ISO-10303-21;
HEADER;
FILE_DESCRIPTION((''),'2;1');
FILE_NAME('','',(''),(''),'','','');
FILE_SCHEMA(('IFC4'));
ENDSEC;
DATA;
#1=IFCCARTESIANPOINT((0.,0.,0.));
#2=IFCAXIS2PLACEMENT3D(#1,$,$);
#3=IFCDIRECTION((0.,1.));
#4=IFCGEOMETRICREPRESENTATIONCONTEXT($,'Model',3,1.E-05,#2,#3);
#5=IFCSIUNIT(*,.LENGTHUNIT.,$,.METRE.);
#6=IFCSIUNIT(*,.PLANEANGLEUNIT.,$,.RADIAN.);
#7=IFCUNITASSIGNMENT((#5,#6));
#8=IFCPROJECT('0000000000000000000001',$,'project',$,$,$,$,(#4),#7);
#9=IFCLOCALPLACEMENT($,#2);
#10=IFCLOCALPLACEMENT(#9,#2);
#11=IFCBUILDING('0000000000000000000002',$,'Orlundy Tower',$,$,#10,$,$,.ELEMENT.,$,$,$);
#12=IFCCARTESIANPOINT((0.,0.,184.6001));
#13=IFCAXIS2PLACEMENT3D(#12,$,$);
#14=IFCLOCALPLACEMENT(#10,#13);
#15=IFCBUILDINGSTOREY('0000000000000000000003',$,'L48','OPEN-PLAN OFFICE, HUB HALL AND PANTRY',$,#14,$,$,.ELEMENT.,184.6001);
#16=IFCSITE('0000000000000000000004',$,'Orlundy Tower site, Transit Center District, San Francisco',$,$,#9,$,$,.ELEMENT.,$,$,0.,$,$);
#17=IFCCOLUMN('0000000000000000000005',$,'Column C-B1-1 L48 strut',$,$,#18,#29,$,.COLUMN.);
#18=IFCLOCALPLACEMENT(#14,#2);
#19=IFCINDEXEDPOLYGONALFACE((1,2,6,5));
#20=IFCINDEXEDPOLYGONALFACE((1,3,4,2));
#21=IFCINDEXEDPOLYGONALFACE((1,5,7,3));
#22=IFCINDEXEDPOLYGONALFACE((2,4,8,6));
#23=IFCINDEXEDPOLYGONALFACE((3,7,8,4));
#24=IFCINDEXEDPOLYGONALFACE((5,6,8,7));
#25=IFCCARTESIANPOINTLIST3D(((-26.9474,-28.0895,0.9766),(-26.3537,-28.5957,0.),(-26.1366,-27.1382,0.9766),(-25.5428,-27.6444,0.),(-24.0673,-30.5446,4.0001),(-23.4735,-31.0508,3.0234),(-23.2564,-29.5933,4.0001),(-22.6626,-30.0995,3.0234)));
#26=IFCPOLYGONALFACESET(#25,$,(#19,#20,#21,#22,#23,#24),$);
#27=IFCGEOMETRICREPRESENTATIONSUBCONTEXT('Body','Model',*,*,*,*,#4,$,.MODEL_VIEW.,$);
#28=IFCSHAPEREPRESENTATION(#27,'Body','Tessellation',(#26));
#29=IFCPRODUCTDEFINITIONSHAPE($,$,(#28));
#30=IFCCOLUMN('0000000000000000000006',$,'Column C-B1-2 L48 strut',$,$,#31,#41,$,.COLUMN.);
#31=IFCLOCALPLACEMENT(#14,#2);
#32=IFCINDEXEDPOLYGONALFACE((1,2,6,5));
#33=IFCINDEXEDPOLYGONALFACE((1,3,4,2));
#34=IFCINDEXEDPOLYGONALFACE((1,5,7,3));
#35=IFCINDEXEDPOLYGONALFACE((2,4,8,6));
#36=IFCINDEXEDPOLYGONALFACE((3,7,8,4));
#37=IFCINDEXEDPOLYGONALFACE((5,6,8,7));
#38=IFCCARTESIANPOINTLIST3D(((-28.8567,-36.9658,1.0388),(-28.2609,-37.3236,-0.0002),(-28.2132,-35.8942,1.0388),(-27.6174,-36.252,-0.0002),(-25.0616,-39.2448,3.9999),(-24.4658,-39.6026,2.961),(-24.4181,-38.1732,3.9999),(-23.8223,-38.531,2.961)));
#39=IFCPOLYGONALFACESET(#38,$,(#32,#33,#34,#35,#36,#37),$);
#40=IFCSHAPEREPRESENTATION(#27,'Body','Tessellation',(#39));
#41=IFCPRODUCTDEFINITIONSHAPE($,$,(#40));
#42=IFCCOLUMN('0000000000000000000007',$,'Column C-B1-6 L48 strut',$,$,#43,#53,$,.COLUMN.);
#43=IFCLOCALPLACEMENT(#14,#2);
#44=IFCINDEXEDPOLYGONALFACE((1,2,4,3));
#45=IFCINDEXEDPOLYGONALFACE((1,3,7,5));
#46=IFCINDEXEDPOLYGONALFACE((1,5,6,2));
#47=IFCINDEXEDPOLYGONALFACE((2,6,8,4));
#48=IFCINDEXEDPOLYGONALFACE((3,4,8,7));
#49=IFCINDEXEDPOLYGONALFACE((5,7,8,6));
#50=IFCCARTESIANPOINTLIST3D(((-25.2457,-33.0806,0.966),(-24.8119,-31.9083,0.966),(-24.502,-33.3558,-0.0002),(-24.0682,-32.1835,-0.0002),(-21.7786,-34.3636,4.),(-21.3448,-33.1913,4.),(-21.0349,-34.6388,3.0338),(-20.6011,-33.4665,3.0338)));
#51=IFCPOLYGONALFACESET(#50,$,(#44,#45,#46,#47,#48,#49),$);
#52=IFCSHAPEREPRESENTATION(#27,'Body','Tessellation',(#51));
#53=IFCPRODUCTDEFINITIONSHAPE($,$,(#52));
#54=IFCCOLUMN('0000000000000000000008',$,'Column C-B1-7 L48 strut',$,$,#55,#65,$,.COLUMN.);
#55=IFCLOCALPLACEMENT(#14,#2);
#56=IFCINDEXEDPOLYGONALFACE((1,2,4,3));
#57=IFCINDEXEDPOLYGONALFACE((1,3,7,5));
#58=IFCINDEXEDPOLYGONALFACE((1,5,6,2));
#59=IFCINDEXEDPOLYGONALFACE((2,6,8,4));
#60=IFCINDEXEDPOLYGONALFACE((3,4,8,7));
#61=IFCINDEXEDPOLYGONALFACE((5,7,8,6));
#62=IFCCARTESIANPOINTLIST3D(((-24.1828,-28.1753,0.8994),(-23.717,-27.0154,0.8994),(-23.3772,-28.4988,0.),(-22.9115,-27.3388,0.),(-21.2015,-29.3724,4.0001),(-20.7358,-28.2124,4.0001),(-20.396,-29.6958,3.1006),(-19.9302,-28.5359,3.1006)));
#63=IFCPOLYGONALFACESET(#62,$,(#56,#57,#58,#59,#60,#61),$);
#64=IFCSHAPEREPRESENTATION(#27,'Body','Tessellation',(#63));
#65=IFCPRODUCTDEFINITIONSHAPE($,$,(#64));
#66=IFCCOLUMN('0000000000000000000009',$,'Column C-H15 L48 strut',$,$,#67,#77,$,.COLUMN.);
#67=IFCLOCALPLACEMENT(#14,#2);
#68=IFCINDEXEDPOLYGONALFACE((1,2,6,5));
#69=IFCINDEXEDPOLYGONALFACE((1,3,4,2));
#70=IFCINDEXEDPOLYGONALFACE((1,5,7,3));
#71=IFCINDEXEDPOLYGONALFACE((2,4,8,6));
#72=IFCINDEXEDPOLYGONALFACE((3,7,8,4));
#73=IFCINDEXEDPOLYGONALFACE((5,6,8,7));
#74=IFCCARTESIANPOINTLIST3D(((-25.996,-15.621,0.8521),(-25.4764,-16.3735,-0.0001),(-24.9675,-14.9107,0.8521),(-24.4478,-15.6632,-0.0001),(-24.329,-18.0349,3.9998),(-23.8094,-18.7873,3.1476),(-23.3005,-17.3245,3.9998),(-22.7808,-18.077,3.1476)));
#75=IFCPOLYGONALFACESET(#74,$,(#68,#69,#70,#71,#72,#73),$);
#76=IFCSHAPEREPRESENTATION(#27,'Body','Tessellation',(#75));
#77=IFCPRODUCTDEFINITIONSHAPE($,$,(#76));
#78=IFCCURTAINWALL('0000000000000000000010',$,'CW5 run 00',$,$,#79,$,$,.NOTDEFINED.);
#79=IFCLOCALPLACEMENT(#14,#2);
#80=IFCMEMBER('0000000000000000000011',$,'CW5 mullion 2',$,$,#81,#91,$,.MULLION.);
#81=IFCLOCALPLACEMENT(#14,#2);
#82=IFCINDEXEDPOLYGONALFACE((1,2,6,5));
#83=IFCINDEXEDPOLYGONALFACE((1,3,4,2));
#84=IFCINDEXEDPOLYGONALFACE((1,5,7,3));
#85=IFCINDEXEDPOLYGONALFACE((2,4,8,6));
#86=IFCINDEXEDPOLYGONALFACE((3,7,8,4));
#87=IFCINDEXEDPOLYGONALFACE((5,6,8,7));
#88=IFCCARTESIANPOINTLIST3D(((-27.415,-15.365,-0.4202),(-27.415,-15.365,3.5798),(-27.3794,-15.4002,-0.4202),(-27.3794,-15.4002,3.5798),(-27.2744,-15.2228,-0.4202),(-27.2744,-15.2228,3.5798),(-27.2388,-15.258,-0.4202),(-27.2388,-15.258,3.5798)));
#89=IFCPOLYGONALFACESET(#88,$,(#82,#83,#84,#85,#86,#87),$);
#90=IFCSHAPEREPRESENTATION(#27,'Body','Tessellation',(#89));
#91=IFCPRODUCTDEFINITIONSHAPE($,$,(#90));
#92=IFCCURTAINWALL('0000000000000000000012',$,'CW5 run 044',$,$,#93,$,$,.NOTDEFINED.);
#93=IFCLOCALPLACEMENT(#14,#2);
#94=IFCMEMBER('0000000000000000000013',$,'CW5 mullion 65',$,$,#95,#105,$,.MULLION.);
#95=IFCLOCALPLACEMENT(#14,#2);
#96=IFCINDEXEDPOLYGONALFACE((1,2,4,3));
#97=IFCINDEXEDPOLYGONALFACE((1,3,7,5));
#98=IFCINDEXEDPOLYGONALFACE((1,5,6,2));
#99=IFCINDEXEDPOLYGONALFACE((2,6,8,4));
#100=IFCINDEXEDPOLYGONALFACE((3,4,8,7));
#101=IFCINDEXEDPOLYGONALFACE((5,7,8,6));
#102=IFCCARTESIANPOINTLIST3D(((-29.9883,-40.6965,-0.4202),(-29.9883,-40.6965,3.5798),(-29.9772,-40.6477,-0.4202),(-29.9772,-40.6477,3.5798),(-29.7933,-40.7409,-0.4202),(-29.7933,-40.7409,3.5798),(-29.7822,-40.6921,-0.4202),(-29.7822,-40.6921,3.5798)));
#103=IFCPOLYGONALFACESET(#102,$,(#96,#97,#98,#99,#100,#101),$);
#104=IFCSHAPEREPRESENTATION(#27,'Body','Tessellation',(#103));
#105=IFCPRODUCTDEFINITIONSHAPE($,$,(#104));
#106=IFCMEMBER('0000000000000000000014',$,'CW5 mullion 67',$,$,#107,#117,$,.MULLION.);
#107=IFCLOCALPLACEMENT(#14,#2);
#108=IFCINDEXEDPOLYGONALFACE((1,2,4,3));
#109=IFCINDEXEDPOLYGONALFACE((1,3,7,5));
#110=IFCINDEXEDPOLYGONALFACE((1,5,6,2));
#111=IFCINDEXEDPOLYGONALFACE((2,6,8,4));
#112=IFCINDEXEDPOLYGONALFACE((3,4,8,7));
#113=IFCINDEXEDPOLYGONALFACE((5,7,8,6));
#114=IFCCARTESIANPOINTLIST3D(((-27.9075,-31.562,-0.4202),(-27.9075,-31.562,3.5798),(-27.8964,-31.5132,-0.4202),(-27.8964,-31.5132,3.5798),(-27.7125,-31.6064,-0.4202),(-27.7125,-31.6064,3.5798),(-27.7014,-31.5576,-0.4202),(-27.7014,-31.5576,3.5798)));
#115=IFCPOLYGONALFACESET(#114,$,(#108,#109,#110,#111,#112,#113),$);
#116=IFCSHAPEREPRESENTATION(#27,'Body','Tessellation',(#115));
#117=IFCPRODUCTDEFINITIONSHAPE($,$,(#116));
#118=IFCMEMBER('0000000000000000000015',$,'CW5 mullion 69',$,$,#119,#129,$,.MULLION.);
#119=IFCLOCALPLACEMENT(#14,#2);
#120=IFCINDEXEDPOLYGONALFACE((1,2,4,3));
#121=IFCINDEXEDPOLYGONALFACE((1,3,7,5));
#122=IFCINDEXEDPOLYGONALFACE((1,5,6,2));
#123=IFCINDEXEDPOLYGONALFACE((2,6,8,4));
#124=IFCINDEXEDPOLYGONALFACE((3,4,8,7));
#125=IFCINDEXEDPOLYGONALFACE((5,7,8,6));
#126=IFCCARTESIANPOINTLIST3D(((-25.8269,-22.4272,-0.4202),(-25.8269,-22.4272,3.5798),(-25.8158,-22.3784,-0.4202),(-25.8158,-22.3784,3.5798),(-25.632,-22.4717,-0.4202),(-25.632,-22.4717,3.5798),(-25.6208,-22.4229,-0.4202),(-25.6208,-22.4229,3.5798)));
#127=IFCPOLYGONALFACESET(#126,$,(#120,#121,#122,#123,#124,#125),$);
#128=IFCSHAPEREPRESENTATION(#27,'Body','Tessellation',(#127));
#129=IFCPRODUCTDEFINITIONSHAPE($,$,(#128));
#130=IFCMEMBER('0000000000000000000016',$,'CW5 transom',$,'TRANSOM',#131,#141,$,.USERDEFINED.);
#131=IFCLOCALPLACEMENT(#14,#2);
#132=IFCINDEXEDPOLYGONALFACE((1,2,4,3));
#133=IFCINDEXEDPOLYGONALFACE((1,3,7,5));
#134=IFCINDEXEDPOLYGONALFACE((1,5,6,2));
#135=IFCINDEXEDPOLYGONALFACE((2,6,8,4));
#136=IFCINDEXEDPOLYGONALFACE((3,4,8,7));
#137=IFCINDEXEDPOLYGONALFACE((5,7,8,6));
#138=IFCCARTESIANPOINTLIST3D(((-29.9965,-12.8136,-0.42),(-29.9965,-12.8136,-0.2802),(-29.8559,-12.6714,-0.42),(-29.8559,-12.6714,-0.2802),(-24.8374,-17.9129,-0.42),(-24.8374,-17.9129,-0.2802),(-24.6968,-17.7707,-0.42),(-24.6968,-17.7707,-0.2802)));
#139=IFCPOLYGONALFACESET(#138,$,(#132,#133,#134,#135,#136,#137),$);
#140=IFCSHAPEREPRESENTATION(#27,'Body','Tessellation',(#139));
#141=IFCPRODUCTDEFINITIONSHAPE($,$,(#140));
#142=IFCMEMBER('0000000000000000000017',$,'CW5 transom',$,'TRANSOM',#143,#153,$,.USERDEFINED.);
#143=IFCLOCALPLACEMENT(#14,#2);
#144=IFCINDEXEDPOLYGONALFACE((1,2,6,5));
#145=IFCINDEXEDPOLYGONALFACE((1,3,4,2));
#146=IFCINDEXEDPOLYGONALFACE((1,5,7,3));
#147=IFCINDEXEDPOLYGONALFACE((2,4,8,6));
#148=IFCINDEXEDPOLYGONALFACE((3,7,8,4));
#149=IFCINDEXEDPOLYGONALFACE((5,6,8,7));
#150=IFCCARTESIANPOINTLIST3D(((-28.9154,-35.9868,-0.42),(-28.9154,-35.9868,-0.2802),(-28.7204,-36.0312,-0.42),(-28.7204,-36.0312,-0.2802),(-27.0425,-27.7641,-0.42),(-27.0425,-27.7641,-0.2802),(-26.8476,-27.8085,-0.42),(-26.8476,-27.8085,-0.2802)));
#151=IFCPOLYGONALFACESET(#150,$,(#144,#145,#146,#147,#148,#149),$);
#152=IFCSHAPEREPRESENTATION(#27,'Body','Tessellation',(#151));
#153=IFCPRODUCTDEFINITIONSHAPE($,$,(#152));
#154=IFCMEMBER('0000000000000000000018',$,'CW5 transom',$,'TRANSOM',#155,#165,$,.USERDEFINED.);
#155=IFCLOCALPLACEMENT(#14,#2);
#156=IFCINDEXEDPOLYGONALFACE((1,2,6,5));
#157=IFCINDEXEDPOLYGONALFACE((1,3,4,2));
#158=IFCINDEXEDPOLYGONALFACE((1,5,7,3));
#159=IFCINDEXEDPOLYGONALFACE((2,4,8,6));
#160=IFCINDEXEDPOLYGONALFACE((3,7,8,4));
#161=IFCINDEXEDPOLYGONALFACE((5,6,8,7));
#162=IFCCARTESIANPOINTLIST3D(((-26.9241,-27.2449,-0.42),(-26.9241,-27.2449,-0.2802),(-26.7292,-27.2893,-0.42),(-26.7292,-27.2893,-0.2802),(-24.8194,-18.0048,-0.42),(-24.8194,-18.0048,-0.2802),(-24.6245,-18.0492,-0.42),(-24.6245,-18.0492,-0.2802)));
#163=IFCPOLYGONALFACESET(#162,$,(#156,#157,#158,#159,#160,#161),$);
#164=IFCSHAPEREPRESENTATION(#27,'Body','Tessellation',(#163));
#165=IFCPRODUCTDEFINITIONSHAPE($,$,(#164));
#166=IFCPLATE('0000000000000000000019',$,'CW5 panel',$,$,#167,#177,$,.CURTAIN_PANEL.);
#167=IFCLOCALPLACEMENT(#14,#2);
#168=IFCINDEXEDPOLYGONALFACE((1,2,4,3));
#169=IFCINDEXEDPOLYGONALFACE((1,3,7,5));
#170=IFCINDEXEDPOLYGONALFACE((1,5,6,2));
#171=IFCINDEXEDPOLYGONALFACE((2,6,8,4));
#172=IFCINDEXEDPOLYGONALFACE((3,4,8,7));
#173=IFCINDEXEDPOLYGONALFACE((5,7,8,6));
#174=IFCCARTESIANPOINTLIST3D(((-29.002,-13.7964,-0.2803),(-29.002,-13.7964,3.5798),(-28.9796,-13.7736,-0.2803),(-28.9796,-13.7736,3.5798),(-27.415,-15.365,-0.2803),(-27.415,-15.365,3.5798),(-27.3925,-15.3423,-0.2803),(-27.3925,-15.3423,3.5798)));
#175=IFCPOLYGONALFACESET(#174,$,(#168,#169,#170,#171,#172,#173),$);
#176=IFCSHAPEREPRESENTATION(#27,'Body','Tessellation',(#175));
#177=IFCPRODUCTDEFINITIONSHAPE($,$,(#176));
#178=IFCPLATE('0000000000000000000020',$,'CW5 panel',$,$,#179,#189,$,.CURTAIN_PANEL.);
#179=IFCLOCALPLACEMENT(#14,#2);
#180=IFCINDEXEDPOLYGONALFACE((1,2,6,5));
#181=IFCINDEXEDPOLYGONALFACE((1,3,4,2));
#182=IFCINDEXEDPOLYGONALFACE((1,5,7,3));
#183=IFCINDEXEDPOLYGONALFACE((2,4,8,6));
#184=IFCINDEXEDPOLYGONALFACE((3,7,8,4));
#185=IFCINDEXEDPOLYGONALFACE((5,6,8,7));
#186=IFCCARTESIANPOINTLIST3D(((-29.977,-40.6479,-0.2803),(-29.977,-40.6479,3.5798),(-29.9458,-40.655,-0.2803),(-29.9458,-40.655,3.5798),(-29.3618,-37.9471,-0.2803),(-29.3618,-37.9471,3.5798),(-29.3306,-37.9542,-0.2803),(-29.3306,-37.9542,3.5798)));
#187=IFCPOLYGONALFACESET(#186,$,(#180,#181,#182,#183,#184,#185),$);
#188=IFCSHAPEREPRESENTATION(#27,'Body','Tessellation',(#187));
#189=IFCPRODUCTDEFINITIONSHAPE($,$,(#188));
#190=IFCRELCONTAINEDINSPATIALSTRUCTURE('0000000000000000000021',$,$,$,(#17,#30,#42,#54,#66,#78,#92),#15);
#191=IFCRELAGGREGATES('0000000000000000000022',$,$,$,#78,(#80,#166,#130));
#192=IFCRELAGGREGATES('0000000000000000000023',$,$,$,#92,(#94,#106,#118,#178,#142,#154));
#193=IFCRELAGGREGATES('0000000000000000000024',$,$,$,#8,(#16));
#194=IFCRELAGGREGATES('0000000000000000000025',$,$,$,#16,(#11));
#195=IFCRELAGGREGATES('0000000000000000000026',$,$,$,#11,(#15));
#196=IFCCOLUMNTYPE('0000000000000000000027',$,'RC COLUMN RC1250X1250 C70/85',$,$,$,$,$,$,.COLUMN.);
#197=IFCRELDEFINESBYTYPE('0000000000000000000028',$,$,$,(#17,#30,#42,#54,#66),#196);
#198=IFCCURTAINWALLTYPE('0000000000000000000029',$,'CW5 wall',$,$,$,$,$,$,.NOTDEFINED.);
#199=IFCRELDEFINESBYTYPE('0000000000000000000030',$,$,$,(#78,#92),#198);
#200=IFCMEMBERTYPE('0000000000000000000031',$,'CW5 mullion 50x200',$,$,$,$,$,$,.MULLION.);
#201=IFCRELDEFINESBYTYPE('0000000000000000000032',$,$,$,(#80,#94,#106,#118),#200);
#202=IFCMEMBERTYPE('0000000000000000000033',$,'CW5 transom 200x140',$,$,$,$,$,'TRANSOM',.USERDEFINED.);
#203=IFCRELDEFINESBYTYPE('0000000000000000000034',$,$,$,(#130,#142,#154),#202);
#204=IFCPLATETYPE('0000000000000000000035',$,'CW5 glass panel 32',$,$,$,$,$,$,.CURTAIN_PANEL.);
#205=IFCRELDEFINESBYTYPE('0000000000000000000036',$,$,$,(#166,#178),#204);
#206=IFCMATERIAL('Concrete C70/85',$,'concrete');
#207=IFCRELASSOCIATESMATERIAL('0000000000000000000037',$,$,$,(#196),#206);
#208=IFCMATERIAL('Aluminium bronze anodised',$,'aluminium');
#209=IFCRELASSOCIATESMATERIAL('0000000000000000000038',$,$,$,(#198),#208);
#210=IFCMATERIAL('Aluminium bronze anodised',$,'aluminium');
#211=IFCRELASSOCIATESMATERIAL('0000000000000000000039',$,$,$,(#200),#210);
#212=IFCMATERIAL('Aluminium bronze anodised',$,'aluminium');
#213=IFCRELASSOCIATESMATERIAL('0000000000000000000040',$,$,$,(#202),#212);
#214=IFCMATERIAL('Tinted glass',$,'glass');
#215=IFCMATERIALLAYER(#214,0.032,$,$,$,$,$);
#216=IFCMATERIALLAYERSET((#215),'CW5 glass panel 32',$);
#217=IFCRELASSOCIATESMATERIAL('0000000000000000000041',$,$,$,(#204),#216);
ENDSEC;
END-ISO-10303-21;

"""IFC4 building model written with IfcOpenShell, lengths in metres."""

from ifc_helpers import new_model, si_unit, direction, frame, origin, origin_2d, place, context, subcontext, project, spatial, rectangle, extrude, material, layer, layer_set, material_profile, profile_set, type_object, element, aggregate, save


model = new_model("IFC4")

# Units and contexts
model_context = context("Model", 3, precision=1e-05, world=origin(), true_north=direction((0.0, 1.0)))
body_context = subcontext(model_context, "Body", "Model", "MODEL_VIEW")
ifc_project = project(units=[si_unit("LENGTHUNIT", "METRE"), si_unit("PLANEANGLEUNIT", "RADIAN")], contexts=[model_context])

# Site, building, storey
site_placement = place(None, origin())
site = spatial("IfcSite", under=ifc_project, at=site_placement, Name="Orlundy Tower site, Transit Center District, San Francisco", CompositionType="ELEMENT", RefElevation=0.0)
building_placement = place(site_placement, origin())
building = spatial("IfcBuilding", under=site, at=building_placement, Name="Orlundy Tower", CompositionType="ELEMENT")
storey_placement = place(building_placement, frame((0.0, 0.0, 184.6001)))
storey = spatial("IfcBuildingStorey", under=building, at=storey_placement, Name="L48", Description="OPEN-PLAN OFFICE, HUB HALL AND PANTRY", CompositionType="ELEMENT", Elevation=184.6001)

# Columns
ifc_material_1 = material(Name="Concrete C70/85", Category="concrete")
ifc_material_profile_1 = material_profile(ifc_material_1, rectangle(XDim=1.25, YDim=1.25, at=origin_2d()), Name="RC1250X1250")
ifc_profile_set_1 = profile_set([ifc_material_profile_1], Name="Concrete C70/85")
column_type = type_object("IfcColumnType", Name="RC COLUMN RC1250X1250 C70/85", PredefinedType="COLUMN", material=ifc_profile_set_1)
column_1_placement = place(storey_placement, frame((-26.2451, -27.8669, 0.4883), z_axis=(0.594584, -0.506835, 0.62417), x_axis=(0.648717, 0.76103, 0.0)))
element("IfcColumn", 1, at=column_1_placement, inside=storey, type_object=column_type, Name="Column C-B1-1 L48 strut", PredefinedType="COLUMN", context=body_context, shape_type="SweptSolid", body=[
    extrude(rectangle(XDim=1.25, YDim=1.25, at=origin_2d()), origin(), (0.0, 0.0, 1.0), 4.844),
])
column_2_placement = place(storey_placement, frame((-28.2371, -36.6089, 0.5193), z_axis=(0.712577, -0.427913, 0.555989), x_axis=(0.51482, 0.857298, 0.0)))
element("IfcColumn", 2, at=column_2_placement, inside=storey, type_object=column_type, Name="Column C-B1-2 L48 strut", PredefinedType="COLUMN", context=body_context, shape_type="SweptSolid", body=[
    extrude(rectangle(XDim=1.25, YDim=1.25, at=origin_2d()), origin(), (0.0, 0.0, 1.0), 5.3259),
])
column_3_placement = place(storey_placement, frame((-24.657, -32.6321, 0.4829), z_axis=(0.724962, -0.268268, 0.634399), x_axis=(0.347045, 0.937848, 0.0)))
element("IfcColumn", 3, at=column_3_placement, inside=storey, type_object=column_type, Name="Column C-B1-6 L48 strut", PredefinedType="COLUMN", context=body_context, shape_type="SweptSolid", body=[
    extrude(rectangle(XDim=1.25, YDim=1.25, at=origin_2d()), origin(), (0.0, 0.0, 1.0), 4.7825),
])
column_4_placement = place(storey_placement, frame((-23.5471, -27.7571, 0.4497), z_axis=(0.667719, -0.268105, 0.694458), x_axis=(0.372609, 0.927988, 0.0)))
element("IfcColumn", 4, at=column_4_placement, inside=storey, type_object=column_type, Name="Column C-B1-7 L48 strut", PredefinedType="COLUMN", context=body_context, shape_type="SweptSolid", body=[
    extrude(rectangle(XDim=1.25, YDim=1.25, at=origin_2d()), origin(), (0.0, 0.0, 1.0), 4.4648),
])
column_5_placement = place(storey_placement, frame((-25.2219, -15.6421, 0.426), z_axis=(0.387427, -0.560998, 0.731561), x_axis=(0.822848, 0.568262, 0.0)))
element("IfcColumn", 5, at=column_5_placement, inside=storey, type_object=column_type, Name="Column C-H15 L48 strut", PredefinedType="COLUMN", context=body_context, shape_type="SweptSolid", body=[
    extrude(rectangle(XDim=1.25, YDim=1.25, at=origin_2d()), origin(), (0.0, 0.0, 1.0), 4.3027),
])

# Curtain wall, member
ifc_material_2 = material(Name="Aluminium bronze anodised", Category="aluminium")
curtain_wall_type = type_object("IfcCurtainWallType", Name="CW5 wall", PredefinedType="NOTDEFINED", material=ifc_material_2)
curtain_wall_1_placement = place(storey_placement, origin())
curtain_wall_1 = element("IfcCurtainWall", 6, at=curtain_wall_1_placement, inside=storey, type_object=curtain_wall_type, Name="CW5 run 00", PredefinedType="NOTDEFINED")
ifc_material_3 = material(Name="Aluminium bronze anodised", Category="aluminium")
ifc_material_profile_2 = material_profile(ifc_material_3, rectangle(XDim=0.2, YDim=0.05, at=origin_2d()), Name="CW5 mullion 50x200")
ifc_profile_set_2 = profile_set([ifc_material_profile_2], Name="Aluminium bronze anodised")
member_type_1 = type_object("IfcMemberType", Name="CW5 mullion 50x200", PredefinedType="MULLION", material=ifc_profile_set_2)
member_1_placement = place(storey_placement, frame((-27.3269, -15.3115, -0.4202), z_axis=(0.0, 0.0, 1.0), x_axis=(-0.702967, -0.711223, 0.0)))
member_1 = element("IfcMember", 7, at=member_1_placement, type_object=member_type_1, Name="CW5 mullion 2", PredefinedType="MULLION", context=body_context, shape_type="SweptSolid", body=[
    extrude(rectangle(XDim=0.2, YDim=0.05, at=origin_2d()), origin(), (0.0, 0.0, 1.0), 4.0),
])

# Curtain wall, members
curtain_wall_2_placement = place(storey_placement, origin())
curtain_wall_2 = element("IfcCurtainWall", 8, at=curtain_wall_2_placement, inside=storey, type_object=curtain_wall_type, Name="CW5 run 044", PredefinedType="NOTDEFINED")
member_2_placement = place(storey_placement, frame((-29.8853, -40.6943, -0.4202), z_axis=(0.0, 0.0, 1.0), x_axis=(-0.975026, 0.222089, 0.0)))
member_2 = element("IfcMember", 9, at=member_2_placement, type_object=member_type_1, Name="CW5 mullion 65", PredefinedType="MULLION", context=body_context, shape_type="SweptSolid", body=[
    extrude(rectangle(XDim=0.2, YDim=0.05, at=origin_2d()), origin(), (0.0, 0.0, 1.0), 4.0),
])
member_3_placement = place(storey_placement, frame((-27.8044, -31.5598, -0.4202), z_axis=(0.0, 0.0, 1.0), x_axis=(-0.975026, 0.222089, 0.0)))
member_3 = element("IfcMember", 10, at=member_3_placement, type_object=member_type_1, Name="CW5 mullion 67", PredefinedType="MULLION", context=body_context, shape_type="SweptSolid", body=[
    extrude(rectangle(XDim=0.2, YDim=0.05, at=origin_2d()), origin(), (0.0, 0.0, 1.0), 4.0),
])
member_4_placement = place(storey_placement, frame((-25.7239, -22.425, -0.4202), z_axis=(0.0, 0.0, 1.0), x_axis=(-0.975026, 0.222089, 0.0)))
member_4 = element("IfcMember", 11, at=member_4_placement, type_object=member_type_1, Name="CW5 mullion 69", PredefinedType="MULLION", context=body_context, shape_type="SweptSolid", body=[
    extrude(rectangle(XDim=0.2, YDim=0.05, at=origin_2d()), origin(), (0.0, 0.0, 1.0), 4.0),
])

# Members
ifc_material_4 = material(Name="Aluminium bronze anodised", Category="aluminium")
ifc_material_profile_3 = material_profile(ifc_material_4, rectangle(XDim=0.2, YDim=0.1399, at=origin_2d()), Name="CW5 transom 200x140")
ifc_profile_set_3 = profile_set([ifc_material_profile_3], Name="Aluminium bronze anodised")
member_type_2 = type_object("IfcMemberType", Name="CW5 transom 200x140", ElementType="TRANSOM", PredefinedType="USERDEFINED", material=ifc_profile_set_3)
member_5_placement = place(storey_placement, frame((-24.7671, -17.8418, -0.3501), z_axis=(-0.711218, 0.702972, 0.0), x_axis=(-0.702972, -0.711218, 0.0)))
member_5 = element("IfcMember", 12, at=member_5_placement, type_object=member_type_2, Name="CW5 transom", ObjectType="TRANSOM", PredefinedType="USERDEFINED", context=body_context, shape_type="SweptSolid", body=[
    extrude(rectangle(XDim=0.2, YDim=0.1399, at=origin_2d()), origin(), (0.0, 0.0, 1.0), 7.2539),
])
member_6_placement = place(storey_placement, frame((-28.8179, -36.009, -0.3501), z_axis=(0.222074, 0.97503, 0.0), x_axis=(-0.97503, 0.222074, 0.0)))
member_6 = element("IfcMember", 13, at=member_6_placement, type_object=member_type_2, Name="CW5 transom", ObjectType="TRANSOM", PredefinedType="USERDEFINED", context=body_context, shape_type="SweptSolid", body=[
    extrude(rectangle(XDim=0.2, YDim=0.1399, at=origin_2d()), origin(), (0.0, 0.0, 1.0), 8.4333),
])
member_7_placement = place(storey_placement, frame((-26.8267, -27.2671, -0.3501), z_axis=(0.222091, 0.975026, 0.0), x_axis=(-0.975026, 0.222091, 0.0)))
member_7 = element("IfcMember", 14, at=member_7_placement, type_object=member_type_2, Name="CW5 transom", ObjectType="TRANSOM", PredefinedType="USERDEFINED", context=body_context, shape_type="SweptSolid", body=[
    extrude(rectangle(XDim=0.2, YDim=0.1399, at=origin_2d()), origin(), (0.0, 0.0, 1.0), 9.4768),
])

# Plates
ifc_material_5 = material(Name="Tinted glass", Category="glass")
ifc_layer_1 = layer(ifc_material_5, 0.032)
ifc_layer_set_1 = layer_set([ifc_layer_1], Name="CW5 glass panel 32")
plate_type_1 = type_object("IfcPlateType", Name="CW5 glass panel 32", PredefinedType="CURTAIN_PANEL", material=ifc_layer_set_1)
plate_1_placement = place(storey_placement, frame((-28.1973, -14.5693, -0.2803), z_axis=(0.0, 0.0, 1.0), x_axis=(-0.711223, 0.702967, 0.0)))
plate_1 = element("IfcPlate", 15, at=plate_1_placement, type_object=plate_type_1, Name="CW5 panel", PredefinedType="CURTAIN_PANEL", context=body_context, shape_type="SweptSolid", body=[
    extrude(rectangle(XDim=2.2314, YDim=0.032, at=origin_2d()), origin(), (0.0, 0.0, 1.0), 3.8601),
])
plate_2_placement = place(storey_placement, frame((-29.6538, -39.301, -0.2803), z_axis=(0.0, 0.0, 1.0), x_axis=(0.222089, 0.975026, 0.0)))
plate_2 = element("IfcPlate", 16, at=plate_2_placement, type_object=plate_type_1, Name="CW5 panel", PredefinedType="CURTAIN_PANEL", context=body_context, shape_type="SweptSolid", body=[
    extrude(rectangle(XDim=2.77, YDim=0.032, at=origin_2d()), origin(), (0.0, 0.0, 1.0), 3.8601),
])
aggregate(curtain_wall_1, [member_1, plate_1, member_5])
aggregate(curtain_wall_2, [member_2, member_3, member_4, plate_2, member_6, member_7])

save(model, "model.ifc")
